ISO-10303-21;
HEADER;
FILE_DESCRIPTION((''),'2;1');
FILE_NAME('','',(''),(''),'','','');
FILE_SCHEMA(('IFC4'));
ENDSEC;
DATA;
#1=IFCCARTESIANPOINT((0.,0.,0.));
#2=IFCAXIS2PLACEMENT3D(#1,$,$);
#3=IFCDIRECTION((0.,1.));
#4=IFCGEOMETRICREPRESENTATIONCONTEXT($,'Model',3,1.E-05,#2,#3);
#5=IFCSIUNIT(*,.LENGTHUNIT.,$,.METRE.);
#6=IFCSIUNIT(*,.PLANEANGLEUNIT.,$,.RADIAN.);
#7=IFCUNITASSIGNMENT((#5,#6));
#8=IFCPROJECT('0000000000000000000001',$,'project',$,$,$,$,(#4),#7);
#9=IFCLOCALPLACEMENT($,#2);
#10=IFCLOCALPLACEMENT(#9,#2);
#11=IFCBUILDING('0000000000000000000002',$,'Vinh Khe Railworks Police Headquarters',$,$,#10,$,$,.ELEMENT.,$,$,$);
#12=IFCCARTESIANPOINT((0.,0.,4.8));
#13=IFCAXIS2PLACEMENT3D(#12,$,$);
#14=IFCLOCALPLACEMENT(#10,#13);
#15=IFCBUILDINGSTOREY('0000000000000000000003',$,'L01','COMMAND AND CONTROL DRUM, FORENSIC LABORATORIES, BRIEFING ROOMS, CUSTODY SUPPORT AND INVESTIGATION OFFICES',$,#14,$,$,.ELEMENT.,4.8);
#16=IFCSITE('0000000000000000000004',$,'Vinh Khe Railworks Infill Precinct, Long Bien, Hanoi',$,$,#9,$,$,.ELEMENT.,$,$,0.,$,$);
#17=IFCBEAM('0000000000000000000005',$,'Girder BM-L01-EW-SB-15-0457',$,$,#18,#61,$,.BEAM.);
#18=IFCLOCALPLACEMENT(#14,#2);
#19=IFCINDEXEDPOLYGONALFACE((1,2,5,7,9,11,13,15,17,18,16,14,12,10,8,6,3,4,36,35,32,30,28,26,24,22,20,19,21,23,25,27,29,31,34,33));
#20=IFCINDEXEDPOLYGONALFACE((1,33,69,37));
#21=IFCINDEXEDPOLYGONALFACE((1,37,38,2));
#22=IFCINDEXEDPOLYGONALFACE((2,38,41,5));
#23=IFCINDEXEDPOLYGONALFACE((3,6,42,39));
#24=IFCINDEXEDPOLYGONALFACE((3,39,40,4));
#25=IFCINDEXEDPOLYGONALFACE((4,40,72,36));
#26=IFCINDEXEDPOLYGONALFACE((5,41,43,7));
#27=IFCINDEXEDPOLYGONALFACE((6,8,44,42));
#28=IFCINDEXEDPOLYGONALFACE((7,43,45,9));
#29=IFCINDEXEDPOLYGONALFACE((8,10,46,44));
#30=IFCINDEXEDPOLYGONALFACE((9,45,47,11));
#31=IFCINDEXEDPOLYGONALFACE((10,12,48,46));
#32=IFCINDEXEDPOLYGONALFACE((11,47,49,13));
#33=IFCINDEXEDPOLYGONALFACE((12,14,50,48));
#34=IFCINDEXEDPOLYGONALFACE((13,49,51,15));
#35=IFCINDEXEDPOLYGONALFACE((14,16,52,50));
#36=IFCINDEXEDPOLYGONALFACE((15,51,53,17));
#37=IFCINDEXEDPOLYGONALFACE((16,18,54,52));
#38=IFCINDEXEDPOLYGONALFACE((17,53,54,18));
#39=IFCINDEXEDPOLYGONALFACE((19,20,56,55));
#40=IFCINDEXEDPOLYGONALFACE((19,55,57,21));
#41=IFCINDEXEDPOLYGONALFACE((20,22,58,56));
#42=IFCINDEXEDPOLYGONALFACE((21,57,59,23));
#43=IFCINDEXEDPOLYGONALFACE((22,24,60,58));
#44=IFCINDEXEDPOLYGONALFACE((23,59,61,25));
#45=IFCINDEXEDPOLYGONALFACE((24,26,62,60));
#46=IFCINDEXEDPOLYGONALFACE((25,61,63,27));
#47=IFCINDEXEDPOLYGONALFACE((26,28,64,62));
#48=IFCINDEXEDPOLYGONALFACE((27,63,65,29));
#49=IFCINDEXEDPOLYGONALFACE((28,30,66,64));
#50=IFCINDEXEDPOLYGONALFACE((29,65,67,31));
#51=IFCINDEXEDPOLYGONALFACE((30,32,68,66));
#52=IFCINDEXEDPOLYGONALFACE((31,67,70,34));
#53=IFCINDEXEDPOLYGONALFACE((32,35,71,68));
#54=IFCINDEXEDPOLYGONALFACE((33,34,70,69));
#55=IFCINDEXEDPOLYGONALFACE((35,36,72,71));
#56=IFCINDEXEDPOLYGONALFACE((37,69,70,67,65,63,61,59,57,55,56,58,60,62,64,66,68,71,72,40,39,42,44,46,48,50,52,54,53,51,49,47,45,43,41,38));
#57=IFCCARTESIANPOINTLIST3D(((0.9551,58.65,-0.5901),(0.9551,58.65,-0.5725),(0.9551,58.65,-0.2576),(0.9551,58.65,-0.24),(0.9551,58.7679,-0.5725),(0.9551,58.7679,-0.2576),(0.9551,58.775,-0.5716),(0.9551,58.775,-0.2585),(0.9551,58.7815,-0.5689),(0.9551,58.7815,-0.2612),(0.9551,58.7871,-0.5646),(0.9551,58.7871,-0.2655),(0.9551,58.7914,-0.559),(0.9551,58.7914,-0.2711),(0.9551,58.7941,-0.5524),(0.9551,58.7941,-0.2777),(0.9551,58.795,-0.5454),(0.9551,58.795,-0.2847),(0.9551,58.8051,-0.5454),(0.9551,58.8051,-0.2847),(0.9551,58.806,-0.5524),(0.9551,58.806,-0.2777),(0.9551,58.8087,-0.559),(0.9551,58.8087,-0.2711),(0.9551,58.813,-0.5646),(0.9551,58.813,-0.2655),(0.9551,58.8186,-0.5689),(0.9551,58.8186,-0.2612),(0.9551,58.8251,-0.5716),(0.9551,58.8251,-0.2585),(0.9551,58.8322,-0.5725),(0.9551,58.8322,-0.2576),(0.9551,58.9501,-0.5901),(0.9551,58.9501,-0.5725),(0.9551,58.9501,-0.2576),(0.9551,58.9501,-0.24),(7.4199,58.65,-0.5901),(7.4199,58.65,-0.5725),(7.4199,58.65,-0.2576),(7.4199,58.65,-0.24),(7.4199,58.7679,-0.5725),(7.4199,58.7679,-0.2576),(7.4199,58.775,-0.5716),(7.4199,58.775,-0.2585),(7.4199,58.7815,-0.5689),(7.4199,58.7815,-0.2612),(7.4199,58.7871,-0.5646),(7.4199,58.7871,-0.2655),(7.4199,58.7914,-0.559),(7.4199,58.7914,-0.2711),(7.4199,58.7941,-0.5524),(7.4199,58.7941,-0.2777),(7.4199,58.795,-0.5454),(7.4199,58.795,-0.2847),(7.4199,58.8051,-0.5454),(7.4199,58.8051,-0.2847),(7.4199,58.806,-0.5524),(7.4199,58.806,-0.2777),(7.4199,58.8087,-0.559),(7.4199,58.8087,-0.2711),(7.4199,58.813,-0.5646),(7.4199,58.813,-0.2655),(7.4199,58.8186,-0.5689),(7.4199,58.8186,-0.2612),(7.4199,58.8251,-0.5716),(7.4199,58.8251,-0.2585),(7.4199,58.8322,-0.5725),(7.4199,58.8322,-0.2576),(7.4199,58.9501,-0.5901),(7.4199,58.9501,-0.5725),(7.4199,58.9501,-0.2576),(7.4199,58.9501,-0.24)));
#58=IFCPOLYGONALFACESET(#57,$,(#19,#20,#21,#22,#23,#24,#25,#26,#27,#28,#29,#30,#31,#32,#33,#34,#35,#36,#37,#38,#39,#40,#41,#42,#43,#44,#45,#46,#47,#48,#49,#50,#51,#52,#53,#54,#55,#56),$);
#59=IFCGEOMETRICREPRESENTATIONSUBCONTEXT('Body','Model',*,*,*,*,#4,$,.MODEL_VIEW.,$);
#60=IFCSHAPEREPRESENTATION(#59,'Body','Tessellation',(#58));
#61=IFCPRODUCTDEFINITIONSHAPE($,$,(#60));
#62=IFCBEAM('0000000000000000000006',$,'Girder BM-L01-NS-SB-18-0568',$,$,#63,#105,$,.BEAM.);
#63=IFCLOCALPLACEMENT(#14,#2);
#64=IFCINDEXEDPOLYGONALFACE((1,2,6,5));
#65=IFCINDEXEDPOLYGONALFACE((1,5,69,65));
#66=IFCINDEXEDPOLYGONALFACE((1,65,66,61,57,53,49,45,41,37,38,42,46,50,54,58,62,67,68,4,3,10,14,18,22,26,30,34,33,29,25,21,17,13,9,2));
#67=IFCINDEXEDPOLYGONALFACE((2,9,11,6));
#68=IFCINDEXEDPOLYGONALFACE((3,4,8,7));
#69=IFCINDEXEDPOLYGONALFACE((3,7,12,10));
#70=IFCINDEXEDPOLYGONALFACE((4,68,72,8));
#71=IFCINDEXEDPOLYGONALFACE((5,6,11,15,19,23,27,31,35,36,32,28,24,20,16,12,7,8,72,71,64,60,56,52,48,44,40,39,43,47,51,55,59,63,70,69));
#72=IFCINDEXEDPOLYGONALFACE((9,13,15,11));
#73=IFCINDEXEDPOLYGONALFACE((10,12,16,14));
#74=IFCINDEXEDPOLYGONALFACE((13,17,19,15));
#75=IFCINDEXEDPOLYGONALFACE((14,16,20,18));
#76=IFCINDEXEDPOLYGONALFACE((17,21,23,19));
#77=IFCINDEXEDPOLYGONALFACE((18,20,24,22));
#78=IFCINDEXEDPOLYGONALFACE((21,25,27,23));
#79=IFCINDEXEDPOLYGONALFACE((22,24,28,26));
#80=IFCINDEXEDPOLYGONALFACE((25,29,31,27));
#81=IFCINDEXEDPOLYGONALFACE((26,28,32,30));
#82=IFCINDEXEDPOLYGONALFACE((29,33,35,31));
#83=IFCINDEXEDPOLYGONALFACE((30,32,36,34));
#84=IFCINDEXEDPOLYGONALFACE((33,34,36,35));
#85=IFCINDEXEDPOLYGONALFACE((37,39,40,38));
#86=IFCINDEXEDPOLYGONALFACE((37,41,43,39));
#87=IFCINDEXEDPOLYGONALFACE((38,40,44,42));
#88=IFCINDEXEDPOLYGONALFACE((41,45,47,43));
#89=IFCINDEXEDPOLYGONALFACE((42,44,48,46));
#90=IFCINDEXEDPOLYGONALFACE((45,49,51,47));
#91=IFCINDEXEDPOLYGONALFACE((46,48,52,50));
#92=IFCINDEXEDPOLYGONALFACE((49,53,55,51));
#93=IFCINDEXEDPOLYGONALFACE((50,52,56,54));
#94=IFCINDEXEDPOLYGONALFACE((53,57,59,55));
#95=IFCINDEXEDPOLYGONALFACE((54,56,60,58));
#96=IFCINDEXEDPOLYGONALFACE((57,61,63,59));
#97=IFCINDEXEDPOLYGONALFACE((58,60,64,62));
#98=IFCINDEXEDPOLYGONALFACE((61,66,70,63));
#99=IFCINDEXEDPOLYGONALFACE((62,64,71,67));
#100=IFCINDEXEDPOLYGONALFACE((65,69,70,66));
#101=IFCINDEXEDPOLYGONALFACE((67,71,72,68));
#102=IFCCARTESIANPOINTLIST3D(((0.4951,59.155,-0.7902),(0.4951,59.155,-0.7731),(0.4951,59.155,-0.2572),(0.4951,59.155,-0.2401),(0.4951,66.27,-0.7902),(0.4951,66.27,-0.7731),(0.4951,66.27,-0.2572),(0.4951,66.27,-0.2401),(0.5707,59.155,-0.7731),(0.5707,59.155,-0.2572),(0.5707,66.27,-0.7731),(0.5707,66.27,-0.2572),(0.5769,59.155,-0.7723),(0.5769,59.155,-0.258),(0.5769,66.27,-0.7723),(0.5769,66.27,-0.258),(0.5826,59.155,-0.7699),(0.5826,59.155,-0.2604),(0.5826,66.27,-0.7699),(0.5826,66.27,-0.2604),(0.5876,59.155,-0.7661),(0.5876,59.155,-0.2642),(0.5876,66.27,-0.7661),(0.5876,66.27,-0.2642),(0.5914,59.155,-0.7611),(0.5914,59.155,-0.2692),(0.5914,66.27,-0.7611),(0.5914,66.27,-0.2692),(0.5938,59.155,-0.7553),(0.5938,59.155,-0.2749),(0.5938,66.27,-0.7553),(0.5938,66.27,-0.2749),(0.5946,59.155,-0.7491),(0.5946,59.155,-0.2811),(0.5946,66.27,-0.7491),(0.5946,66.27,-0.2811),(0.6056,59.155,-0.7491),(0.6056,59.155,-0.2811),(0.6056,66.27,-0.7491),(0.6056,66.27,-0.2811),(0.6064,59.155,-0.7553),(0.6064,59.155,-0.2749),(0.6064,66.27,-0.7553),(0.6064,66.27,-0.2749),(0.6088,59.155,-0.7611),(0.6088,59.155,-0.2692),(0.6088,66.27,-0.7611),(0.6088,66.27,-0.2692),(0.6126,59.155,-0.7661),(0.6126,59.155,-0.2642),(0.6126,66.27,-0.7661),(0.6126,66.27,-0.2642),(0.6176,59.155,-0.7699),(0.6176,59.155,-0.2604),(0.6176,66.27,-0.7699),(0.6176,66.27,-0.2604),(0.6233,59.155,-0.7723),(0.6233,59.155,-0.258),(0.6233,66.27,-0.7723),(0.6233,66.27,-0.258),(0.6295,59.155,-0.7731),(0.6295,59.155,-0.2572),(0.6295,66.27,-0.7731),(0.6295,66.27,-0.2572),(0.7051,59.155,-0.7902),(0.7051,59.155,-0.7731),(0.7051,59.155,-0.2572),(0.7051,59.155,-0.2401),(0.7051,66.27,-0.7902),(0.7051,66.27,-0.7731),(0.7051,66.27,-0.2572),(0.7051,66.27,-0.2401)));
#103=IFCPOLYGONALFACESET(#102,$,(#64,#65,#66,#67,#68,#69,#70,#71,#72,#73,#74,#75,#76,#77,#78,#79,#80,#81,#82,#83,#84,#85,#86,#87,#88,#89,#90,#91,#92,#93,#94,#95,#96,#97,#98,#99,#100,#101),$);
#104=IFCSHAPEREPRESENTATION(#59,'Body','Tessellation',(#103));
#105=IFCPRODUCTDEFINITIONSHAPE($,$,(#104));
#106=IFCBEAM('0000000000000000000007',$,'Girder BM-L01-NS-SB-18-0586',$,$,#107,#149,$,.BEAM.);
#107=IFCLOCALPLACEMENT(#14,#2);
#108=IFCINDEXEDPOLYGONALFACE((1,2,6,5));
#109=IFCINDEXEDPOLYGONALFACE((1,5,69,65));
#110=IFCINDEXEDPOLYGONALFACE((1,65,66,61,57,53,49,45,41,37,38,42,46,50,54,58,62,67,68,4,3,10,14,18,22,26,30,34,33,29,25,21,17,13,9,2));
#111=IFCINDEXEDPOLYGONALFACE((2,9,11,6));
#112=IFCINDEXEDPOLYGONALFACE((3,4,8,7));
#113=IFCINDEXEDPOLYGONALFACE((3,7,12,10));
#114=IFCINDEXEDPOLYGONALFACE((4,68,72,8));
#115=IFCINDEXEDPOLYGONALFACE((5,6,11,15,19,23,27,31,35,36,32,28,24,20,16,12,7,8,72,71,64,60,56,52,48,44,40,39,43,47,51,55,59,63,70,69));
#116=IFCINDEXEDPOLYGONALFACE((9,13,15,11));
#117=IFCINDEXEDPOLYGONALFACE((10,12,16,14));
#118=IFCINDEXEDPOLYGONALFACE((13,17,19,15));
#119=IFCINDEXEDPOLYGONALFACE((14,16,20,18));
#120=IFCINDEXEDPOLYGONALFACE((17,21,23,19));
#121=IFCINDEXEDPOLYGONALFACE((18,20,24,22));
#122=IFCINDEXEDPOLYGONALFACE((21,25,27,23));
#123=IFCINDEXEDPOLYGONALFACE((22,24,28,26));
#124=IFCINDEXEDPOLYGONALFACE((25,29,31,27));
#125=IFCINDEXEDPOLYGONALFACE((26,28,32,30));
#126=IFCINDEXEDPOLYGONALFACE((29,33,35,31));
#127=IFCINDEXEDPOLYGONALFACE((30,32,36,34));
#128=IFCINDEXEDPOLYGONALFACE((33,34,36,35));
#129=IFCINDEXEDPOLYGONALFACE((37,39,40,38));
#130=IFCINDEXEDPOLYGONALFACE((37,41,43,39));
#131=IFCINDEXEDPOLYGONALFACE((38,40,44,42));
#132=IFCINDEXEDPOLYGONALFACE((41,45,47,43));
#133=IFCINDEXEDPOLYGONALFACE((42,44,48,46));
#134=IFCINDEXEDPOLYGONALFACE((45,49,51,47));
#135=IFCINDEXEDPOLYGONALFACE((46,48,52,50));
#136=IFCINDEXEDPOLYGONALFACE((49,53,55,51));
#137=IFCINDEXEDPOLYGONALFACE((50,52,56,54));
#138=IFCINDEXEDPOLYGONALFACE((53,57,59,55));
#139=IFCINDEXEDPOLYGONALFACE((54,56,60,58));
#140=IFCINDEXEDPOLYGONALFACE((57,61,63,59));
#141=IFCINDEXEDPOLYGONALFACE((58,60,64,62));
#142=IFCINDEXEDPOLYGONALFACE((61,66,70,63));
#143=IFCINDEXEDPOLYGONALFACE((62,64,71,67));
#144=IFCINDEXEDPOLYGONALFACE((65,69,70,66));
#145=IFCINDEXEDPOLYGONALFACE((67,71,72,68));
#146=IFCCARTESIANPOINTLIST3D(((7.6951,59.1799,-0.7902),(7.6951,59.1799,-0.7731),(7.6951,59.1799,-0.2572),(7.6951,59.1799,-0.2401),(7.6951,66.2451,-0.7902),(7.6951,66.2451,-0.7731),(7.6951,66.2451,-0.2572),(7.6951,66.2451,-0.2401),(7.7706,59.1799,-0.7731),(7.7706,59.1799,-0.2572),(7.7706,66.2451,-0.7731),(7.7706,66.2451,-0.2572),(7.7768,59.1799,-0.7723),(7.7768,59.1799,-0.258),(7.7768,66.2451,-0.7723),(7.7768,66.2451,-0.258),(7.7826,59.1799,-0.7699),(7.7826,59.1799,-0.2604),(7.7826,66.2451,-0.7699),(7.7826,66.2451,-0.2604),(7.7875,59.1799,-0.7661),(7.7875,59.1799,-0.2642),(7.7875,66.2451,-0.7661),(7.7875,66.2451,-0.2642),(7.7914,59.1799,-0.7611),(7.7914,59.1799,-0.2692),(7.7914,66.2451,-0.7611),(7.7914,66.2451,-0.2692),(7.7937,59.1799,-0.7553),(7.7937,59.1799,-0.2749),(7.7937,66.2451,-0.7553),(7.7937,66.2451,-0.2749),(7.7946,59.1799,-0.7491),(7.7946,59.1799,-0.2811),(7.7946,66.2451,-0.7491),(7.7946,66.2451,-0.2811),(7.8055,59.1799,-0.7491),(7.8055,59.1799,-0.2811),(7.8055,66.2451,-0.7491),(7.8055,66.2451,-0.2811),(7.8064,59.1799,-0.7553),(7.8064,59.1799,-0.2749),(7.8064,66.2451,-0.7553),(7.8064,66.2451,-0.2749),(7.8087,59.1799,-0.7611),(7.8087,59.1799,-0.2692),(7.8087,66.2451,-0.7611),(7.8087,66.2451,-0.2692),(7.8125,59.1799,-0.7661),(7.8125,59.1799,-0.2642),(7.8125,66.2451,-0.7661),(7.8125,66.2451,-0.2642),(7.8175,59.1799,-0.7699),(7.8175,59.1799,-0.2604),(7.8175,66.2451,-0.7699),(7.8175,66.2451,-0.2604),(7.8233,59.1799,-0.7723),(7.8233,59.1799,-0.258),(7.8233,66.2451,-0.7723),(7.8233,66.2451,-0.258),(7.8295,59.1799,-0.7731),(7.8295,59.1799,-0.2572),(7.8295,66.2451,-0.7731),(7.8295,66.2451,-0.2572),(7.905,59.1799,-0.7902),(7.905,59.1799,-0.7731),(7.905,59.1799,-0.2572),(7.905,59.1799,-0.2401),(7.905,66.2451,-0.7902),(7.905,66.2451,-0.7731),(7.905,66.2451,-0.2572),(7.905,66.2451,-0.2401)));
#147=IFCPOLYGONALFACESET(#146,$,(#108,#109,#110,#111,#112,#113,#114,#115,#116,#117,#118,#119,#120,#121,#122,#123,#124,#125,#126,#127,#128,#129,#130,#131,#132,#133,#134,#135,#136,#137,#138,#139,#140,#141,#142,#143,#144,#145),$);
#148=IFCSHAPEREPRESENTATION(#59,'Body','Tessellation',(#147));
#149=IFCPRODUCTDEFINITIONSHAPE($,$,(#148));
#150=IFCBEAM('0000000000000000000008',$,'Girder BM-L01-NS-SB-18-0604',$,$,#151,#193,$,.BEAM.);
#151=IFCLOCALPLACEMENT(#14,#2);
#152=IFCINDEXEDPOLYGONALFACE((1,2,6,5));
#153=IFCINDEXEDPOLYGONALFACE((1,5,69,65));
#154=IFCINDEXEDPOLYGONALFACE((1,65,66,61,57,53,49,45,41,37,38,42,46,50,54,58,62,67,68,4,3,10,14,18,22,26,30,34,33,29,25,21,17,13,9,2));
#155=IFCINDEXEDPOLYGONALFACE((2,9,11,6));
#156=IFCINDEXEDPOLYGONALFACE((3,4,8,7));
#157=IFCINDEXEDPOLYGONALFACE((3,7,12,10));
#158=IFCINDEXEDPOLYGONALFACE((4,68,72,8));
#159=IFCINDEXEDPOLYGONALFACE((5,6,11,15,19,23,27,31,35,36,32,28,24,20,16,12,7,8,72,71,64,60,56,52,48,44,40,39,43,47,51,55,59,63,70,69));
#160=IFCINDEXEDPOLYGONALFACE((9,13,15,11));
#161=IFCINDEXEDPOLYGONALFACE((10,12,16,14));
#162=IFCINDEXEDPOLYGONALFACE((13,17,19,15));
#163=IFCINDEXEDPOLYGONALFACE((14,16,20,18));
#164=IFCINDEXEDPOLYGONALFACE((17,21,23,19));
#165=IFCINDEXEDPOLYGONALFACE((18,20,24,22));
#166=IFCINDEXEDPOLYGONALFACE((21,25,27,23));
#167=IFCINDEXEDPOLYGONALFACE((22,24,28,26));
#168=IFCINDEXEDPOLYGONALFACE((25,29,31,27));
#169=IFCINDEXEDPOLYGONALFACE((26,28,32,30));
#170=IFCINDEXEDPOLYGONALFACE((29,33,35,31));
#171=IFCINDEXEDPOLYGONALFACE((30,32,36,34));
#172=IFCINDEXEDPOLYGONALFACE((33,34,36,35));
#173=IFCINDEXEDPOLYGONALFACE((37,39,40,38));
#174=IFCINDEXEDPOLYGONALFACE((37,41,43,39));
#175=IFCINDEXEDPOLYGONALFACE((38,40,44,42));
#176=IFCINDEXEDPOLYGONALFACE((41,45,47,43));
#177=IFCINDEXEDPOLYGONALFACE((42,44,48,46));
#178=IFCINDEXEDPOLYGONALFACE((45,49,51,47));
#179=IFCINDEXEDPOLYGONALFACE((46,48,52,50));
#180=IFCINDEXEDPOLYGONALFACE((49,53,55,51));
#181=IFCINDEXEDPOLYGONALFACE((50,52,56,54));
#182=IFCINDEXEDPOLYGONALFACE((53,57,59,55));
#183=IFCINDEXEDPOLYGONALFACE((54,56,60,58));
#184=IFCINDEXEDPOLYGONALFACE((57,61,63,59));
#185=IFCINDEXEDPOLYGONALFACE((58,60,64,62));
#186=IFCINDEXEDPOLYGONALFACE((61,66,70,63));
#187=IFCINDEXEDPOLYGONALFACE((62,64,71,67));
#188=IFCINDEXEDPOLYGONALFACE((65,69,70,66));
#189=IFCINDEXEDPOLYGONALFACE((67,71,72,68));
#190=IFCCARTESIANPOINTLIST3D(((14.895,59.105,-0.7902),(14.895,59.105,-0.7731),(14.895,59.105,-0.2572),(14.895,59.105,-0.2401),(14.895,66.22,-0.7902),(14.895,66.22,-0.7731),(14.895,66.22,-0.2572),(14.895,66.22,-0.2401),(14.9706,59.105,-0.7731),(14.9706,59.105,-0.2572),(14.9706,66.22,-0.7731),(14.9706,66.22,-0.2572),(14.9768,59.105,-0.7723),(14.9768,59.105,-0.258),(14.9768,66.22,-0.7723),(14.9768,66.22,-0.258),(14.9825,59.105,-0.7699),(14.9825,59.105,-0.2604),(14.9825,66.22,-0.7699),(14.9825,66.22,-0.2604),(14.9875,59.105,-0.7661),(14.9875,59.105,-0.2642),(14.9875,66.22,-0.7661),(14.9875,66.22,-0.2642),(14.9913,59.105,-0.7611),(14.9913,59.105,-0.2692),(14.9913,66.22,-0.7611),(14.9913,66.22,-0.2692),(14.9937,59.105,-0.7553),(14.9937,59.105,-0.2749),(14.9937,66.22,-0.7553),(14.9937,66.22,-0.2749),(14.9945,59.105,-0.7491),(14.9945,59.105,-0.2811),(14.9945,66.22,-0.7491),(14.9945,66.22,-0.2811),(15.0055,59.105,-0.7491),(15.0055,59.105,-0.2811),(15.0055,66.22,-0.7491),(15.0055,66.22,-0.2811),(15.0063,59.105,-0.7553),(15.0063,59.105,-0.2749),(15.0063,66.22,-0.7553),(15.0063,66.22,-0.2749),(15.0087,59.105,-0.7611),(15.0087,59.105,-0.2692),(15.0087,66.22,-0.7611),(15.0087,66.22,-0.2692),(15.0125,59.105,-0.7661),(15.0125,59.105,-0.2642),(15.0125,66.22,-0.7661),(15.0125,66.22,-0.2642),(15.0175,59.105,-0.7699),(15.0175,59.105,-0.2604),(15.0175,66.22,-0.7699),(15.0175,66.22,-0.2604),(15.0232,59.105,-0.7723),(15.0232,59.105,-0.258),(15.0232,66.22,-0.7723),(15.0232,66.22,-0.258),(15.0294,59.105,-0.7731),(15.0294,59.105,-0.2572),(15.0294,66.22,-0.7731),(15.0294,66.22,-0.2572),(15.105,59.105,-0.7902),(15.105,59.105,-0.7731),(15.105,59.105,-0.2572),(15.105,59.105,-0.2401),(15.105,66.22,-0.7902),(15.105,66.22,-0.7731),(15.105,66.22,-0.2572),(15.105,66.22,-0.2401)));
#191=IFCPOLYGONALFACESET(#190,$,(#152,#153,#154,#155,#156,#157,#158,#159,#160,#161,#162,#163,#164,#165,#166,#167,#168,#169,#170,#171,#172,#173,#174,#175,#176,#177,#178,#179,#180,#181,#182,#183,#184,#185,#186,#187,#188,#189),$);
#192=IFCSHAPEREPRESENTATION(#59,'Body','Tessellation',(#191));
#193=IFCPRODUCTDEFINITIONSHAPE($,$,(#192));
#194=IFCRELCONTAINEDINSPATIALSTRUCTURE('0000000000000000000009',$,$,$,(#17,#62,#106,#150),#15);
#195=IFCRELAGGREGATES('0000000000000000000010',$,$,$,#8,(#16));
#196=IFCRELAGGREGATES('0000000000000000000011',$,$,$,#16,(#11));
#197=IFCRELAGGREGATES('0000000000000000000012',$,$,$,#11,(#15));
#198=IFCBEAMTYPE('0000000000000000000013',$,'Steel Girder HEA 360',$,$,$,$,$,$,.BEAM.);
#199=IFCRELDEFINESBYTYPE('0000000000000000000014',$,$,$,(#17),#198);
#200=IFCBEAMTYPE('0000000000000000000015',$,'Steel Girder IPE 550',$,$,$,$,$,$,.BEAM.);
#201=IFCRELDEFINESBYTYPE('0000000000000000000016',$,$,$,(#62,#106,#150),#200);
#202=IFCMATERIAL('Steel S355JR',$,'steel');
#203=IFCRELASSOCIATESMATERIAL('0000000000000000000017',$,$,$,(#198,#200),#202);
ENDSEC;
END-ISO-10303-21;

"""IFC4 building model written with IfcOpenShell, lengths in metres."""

from ifc_helpers import new_model, si_unit, direction, frame, origin, origin_2d, place, context, subcontext, project, spatial, i_section, extrude, material, material_profile, profile_set, type_object, element, save


model = new_model("IFC4")

# Units and contexts
model_context = context("Model", 3, precision=1e-05, world=origin(), true_north=direction((0.0, 1.0)))
body_context = subcontext(model_context, "Body", "Model", "MODEL_VIEW")
ifc_project = project(units=[si_unit("LENGTHUNIT", "METRE"), si_unit("PLANEANGLEUNIT", "RADIAN")], contexts=[model_context])

# Site, building, storey
site_placement = place(None, origin())
site = spatial("IfcSite", under=ifc_project, at=site_placement, Name="Vinh Khe Railworks Infill Precinct, Long Bien, Hanoi", CompositionType="ELEMENT", RefElevation=0.0)
building_placement = place(site_placement, origin())
building = spatial("IfcBuilding", under=site, at=building_placement, Name="Vinh Khe Railworks Police Headquarters", CompositionType="ELEMENT")
storey_placement = place(building_placement, frame((0.0, 0.0, 4.8)))
storey = spatial("IfcBuildingStorey", under=building, at=storey_placement, Name="L01", Description="COMMAND AND CONTROL DRUM, FORENSIC LABORATORIES, BRIEFING ROOMS, CUSTODY SUPPORT AND INVESTIGATION OFFICES", CompositionType="ELEMENT", Elevation=4.8)

# Beams
ifc_material_1 = material(Name="Steel S355JR", Category="steel")
ifc_material_profile_1 = material_profile(ifc_material_1, i_section(OverallWidth=0.3, OverallDepth=0.3501, WebThickness=0.01, FlangeThickness=0.0176, FilletRadius=0.0271, at=origin_2d()), Name="HEA 360")
ifc_profile_set_1 = profile_set([ifc_material_profile_1], Name="Steel S355JR")
beam_type_1 = type_object("IfcBeamType", Name="Steel Girder HEA 360", PredefinedType="BEAM", material=ifc_profile_set_1)
beam_1_placement = place(storey_placement, frame((0.9551, 58.8, -0.415), z_axis=(1.0, 0.0, 0.0), x_axis=(0.0, 1.0, 0.0)))
element("IfcBeam", 1, at=beam_1_placement, inside=storey, type_object=beam_type_1, Name="Girder BM-L01-EW-SB-15-0457", PredefinedType="BEAM", context=body_context, shape_type="SweptSolid", body=[
    extrude(i_section(OverallWidth=0.3, OverallDepth=0.3501, WebThickness=0.01, FlangeThickness=0.0176, FilletRadius=0.0271, at=origin_2d()), origin(), (0.0, 0.0, 1.0), 6.4648),
])
ifc_material_profile_2 = material_profile(ifc_material_1, i_section(OverallWidth=0.21, OverallDepth=0.55, WebThickness=0.011, FlangeThickness=0.0171, FilletRadius=0.0239, at=origin_2d()), Name="IPE 550")
ifc_profile_set_2 = profile_set([ifc_material_profile_2], Name="Steel S355JR")
beam_type_2 = type_object("IfcBeamType", Name="Steel Girder IPE 550", PredefinedType="BEAM", material=ifc_profile_set_2)
beam_2_placement = place(storey_placement, frame((0.6001, 59.155, -0.5151), z_axis=(0.0, 1.0, 0.0), x_axis=(-1.0, 0.0, 0.0)))
element("IfcBeam", 2, at=beam_2_placement, inside=storey, type_object=beam_type_2, Name="Girder BM-L01-NS-SB-18-0568", PredefinedType="BEAM", context=body_context, shape_type="SweptSolid", body=[
    extrude(i_section(OverallWidth=0.21, OverallDepth=0.55, WebThickness=0.011, FlangeThickness=0.0171, FilletRadius=0.0239, at=origin_2d()), origin(), (0.0, 0.0, 1.0), 7.115),
])
beam_3_placement = place(storey_placement, frame((7.8, 59.1799, -0.5151), z_axis=(0.0, 1.0, 0.0), x_axis=(-1.0, 0.0, 0.0)))
element("IfcBeam", 3, at=beam_3_placement, inside=storey, type_object=beam_type_2, Name="Girder BM-L01-NS-SB-18-0586", PredefinedType="BEAM", context=body_context, shape_type="SweptSolid", body=[
    extrude(i_section(OverallWidth=0.21, OverallDepth=0.55, WebThickness=0.011, FlangeThickness=0.0171, FilletRadius=0.0239, at=origin_2d()), origin(), (0.0, 0.0, 1.0), 7.0652),
])
beam_4_placement = place(storey_placement, frame((15.0, 59.105, -0.5151), z_axis=(0.0, 1.0, 0.0), x_axis=(-1.0, 0.0, 0.0)))
element("IfcBeam", 4, at=beam_4_placement, inside=storey, type_object=beam_type_2, Name="Girder BM-L01-NS-SB-18-0604", PredefinedType="BEAM", context=body_context, shape_type="SweptSolid", body=[
    extrude(i_section(OverallWidth=0.21, OverallDepth=0.55, WebThickness=0.011, FlangeThickness=0.0171, FilletRadius=0.0239, at=origin_2d()), origin(), (0.0, 0.0, 1.0), 7.115),
])

save(model, "model.ifc")
